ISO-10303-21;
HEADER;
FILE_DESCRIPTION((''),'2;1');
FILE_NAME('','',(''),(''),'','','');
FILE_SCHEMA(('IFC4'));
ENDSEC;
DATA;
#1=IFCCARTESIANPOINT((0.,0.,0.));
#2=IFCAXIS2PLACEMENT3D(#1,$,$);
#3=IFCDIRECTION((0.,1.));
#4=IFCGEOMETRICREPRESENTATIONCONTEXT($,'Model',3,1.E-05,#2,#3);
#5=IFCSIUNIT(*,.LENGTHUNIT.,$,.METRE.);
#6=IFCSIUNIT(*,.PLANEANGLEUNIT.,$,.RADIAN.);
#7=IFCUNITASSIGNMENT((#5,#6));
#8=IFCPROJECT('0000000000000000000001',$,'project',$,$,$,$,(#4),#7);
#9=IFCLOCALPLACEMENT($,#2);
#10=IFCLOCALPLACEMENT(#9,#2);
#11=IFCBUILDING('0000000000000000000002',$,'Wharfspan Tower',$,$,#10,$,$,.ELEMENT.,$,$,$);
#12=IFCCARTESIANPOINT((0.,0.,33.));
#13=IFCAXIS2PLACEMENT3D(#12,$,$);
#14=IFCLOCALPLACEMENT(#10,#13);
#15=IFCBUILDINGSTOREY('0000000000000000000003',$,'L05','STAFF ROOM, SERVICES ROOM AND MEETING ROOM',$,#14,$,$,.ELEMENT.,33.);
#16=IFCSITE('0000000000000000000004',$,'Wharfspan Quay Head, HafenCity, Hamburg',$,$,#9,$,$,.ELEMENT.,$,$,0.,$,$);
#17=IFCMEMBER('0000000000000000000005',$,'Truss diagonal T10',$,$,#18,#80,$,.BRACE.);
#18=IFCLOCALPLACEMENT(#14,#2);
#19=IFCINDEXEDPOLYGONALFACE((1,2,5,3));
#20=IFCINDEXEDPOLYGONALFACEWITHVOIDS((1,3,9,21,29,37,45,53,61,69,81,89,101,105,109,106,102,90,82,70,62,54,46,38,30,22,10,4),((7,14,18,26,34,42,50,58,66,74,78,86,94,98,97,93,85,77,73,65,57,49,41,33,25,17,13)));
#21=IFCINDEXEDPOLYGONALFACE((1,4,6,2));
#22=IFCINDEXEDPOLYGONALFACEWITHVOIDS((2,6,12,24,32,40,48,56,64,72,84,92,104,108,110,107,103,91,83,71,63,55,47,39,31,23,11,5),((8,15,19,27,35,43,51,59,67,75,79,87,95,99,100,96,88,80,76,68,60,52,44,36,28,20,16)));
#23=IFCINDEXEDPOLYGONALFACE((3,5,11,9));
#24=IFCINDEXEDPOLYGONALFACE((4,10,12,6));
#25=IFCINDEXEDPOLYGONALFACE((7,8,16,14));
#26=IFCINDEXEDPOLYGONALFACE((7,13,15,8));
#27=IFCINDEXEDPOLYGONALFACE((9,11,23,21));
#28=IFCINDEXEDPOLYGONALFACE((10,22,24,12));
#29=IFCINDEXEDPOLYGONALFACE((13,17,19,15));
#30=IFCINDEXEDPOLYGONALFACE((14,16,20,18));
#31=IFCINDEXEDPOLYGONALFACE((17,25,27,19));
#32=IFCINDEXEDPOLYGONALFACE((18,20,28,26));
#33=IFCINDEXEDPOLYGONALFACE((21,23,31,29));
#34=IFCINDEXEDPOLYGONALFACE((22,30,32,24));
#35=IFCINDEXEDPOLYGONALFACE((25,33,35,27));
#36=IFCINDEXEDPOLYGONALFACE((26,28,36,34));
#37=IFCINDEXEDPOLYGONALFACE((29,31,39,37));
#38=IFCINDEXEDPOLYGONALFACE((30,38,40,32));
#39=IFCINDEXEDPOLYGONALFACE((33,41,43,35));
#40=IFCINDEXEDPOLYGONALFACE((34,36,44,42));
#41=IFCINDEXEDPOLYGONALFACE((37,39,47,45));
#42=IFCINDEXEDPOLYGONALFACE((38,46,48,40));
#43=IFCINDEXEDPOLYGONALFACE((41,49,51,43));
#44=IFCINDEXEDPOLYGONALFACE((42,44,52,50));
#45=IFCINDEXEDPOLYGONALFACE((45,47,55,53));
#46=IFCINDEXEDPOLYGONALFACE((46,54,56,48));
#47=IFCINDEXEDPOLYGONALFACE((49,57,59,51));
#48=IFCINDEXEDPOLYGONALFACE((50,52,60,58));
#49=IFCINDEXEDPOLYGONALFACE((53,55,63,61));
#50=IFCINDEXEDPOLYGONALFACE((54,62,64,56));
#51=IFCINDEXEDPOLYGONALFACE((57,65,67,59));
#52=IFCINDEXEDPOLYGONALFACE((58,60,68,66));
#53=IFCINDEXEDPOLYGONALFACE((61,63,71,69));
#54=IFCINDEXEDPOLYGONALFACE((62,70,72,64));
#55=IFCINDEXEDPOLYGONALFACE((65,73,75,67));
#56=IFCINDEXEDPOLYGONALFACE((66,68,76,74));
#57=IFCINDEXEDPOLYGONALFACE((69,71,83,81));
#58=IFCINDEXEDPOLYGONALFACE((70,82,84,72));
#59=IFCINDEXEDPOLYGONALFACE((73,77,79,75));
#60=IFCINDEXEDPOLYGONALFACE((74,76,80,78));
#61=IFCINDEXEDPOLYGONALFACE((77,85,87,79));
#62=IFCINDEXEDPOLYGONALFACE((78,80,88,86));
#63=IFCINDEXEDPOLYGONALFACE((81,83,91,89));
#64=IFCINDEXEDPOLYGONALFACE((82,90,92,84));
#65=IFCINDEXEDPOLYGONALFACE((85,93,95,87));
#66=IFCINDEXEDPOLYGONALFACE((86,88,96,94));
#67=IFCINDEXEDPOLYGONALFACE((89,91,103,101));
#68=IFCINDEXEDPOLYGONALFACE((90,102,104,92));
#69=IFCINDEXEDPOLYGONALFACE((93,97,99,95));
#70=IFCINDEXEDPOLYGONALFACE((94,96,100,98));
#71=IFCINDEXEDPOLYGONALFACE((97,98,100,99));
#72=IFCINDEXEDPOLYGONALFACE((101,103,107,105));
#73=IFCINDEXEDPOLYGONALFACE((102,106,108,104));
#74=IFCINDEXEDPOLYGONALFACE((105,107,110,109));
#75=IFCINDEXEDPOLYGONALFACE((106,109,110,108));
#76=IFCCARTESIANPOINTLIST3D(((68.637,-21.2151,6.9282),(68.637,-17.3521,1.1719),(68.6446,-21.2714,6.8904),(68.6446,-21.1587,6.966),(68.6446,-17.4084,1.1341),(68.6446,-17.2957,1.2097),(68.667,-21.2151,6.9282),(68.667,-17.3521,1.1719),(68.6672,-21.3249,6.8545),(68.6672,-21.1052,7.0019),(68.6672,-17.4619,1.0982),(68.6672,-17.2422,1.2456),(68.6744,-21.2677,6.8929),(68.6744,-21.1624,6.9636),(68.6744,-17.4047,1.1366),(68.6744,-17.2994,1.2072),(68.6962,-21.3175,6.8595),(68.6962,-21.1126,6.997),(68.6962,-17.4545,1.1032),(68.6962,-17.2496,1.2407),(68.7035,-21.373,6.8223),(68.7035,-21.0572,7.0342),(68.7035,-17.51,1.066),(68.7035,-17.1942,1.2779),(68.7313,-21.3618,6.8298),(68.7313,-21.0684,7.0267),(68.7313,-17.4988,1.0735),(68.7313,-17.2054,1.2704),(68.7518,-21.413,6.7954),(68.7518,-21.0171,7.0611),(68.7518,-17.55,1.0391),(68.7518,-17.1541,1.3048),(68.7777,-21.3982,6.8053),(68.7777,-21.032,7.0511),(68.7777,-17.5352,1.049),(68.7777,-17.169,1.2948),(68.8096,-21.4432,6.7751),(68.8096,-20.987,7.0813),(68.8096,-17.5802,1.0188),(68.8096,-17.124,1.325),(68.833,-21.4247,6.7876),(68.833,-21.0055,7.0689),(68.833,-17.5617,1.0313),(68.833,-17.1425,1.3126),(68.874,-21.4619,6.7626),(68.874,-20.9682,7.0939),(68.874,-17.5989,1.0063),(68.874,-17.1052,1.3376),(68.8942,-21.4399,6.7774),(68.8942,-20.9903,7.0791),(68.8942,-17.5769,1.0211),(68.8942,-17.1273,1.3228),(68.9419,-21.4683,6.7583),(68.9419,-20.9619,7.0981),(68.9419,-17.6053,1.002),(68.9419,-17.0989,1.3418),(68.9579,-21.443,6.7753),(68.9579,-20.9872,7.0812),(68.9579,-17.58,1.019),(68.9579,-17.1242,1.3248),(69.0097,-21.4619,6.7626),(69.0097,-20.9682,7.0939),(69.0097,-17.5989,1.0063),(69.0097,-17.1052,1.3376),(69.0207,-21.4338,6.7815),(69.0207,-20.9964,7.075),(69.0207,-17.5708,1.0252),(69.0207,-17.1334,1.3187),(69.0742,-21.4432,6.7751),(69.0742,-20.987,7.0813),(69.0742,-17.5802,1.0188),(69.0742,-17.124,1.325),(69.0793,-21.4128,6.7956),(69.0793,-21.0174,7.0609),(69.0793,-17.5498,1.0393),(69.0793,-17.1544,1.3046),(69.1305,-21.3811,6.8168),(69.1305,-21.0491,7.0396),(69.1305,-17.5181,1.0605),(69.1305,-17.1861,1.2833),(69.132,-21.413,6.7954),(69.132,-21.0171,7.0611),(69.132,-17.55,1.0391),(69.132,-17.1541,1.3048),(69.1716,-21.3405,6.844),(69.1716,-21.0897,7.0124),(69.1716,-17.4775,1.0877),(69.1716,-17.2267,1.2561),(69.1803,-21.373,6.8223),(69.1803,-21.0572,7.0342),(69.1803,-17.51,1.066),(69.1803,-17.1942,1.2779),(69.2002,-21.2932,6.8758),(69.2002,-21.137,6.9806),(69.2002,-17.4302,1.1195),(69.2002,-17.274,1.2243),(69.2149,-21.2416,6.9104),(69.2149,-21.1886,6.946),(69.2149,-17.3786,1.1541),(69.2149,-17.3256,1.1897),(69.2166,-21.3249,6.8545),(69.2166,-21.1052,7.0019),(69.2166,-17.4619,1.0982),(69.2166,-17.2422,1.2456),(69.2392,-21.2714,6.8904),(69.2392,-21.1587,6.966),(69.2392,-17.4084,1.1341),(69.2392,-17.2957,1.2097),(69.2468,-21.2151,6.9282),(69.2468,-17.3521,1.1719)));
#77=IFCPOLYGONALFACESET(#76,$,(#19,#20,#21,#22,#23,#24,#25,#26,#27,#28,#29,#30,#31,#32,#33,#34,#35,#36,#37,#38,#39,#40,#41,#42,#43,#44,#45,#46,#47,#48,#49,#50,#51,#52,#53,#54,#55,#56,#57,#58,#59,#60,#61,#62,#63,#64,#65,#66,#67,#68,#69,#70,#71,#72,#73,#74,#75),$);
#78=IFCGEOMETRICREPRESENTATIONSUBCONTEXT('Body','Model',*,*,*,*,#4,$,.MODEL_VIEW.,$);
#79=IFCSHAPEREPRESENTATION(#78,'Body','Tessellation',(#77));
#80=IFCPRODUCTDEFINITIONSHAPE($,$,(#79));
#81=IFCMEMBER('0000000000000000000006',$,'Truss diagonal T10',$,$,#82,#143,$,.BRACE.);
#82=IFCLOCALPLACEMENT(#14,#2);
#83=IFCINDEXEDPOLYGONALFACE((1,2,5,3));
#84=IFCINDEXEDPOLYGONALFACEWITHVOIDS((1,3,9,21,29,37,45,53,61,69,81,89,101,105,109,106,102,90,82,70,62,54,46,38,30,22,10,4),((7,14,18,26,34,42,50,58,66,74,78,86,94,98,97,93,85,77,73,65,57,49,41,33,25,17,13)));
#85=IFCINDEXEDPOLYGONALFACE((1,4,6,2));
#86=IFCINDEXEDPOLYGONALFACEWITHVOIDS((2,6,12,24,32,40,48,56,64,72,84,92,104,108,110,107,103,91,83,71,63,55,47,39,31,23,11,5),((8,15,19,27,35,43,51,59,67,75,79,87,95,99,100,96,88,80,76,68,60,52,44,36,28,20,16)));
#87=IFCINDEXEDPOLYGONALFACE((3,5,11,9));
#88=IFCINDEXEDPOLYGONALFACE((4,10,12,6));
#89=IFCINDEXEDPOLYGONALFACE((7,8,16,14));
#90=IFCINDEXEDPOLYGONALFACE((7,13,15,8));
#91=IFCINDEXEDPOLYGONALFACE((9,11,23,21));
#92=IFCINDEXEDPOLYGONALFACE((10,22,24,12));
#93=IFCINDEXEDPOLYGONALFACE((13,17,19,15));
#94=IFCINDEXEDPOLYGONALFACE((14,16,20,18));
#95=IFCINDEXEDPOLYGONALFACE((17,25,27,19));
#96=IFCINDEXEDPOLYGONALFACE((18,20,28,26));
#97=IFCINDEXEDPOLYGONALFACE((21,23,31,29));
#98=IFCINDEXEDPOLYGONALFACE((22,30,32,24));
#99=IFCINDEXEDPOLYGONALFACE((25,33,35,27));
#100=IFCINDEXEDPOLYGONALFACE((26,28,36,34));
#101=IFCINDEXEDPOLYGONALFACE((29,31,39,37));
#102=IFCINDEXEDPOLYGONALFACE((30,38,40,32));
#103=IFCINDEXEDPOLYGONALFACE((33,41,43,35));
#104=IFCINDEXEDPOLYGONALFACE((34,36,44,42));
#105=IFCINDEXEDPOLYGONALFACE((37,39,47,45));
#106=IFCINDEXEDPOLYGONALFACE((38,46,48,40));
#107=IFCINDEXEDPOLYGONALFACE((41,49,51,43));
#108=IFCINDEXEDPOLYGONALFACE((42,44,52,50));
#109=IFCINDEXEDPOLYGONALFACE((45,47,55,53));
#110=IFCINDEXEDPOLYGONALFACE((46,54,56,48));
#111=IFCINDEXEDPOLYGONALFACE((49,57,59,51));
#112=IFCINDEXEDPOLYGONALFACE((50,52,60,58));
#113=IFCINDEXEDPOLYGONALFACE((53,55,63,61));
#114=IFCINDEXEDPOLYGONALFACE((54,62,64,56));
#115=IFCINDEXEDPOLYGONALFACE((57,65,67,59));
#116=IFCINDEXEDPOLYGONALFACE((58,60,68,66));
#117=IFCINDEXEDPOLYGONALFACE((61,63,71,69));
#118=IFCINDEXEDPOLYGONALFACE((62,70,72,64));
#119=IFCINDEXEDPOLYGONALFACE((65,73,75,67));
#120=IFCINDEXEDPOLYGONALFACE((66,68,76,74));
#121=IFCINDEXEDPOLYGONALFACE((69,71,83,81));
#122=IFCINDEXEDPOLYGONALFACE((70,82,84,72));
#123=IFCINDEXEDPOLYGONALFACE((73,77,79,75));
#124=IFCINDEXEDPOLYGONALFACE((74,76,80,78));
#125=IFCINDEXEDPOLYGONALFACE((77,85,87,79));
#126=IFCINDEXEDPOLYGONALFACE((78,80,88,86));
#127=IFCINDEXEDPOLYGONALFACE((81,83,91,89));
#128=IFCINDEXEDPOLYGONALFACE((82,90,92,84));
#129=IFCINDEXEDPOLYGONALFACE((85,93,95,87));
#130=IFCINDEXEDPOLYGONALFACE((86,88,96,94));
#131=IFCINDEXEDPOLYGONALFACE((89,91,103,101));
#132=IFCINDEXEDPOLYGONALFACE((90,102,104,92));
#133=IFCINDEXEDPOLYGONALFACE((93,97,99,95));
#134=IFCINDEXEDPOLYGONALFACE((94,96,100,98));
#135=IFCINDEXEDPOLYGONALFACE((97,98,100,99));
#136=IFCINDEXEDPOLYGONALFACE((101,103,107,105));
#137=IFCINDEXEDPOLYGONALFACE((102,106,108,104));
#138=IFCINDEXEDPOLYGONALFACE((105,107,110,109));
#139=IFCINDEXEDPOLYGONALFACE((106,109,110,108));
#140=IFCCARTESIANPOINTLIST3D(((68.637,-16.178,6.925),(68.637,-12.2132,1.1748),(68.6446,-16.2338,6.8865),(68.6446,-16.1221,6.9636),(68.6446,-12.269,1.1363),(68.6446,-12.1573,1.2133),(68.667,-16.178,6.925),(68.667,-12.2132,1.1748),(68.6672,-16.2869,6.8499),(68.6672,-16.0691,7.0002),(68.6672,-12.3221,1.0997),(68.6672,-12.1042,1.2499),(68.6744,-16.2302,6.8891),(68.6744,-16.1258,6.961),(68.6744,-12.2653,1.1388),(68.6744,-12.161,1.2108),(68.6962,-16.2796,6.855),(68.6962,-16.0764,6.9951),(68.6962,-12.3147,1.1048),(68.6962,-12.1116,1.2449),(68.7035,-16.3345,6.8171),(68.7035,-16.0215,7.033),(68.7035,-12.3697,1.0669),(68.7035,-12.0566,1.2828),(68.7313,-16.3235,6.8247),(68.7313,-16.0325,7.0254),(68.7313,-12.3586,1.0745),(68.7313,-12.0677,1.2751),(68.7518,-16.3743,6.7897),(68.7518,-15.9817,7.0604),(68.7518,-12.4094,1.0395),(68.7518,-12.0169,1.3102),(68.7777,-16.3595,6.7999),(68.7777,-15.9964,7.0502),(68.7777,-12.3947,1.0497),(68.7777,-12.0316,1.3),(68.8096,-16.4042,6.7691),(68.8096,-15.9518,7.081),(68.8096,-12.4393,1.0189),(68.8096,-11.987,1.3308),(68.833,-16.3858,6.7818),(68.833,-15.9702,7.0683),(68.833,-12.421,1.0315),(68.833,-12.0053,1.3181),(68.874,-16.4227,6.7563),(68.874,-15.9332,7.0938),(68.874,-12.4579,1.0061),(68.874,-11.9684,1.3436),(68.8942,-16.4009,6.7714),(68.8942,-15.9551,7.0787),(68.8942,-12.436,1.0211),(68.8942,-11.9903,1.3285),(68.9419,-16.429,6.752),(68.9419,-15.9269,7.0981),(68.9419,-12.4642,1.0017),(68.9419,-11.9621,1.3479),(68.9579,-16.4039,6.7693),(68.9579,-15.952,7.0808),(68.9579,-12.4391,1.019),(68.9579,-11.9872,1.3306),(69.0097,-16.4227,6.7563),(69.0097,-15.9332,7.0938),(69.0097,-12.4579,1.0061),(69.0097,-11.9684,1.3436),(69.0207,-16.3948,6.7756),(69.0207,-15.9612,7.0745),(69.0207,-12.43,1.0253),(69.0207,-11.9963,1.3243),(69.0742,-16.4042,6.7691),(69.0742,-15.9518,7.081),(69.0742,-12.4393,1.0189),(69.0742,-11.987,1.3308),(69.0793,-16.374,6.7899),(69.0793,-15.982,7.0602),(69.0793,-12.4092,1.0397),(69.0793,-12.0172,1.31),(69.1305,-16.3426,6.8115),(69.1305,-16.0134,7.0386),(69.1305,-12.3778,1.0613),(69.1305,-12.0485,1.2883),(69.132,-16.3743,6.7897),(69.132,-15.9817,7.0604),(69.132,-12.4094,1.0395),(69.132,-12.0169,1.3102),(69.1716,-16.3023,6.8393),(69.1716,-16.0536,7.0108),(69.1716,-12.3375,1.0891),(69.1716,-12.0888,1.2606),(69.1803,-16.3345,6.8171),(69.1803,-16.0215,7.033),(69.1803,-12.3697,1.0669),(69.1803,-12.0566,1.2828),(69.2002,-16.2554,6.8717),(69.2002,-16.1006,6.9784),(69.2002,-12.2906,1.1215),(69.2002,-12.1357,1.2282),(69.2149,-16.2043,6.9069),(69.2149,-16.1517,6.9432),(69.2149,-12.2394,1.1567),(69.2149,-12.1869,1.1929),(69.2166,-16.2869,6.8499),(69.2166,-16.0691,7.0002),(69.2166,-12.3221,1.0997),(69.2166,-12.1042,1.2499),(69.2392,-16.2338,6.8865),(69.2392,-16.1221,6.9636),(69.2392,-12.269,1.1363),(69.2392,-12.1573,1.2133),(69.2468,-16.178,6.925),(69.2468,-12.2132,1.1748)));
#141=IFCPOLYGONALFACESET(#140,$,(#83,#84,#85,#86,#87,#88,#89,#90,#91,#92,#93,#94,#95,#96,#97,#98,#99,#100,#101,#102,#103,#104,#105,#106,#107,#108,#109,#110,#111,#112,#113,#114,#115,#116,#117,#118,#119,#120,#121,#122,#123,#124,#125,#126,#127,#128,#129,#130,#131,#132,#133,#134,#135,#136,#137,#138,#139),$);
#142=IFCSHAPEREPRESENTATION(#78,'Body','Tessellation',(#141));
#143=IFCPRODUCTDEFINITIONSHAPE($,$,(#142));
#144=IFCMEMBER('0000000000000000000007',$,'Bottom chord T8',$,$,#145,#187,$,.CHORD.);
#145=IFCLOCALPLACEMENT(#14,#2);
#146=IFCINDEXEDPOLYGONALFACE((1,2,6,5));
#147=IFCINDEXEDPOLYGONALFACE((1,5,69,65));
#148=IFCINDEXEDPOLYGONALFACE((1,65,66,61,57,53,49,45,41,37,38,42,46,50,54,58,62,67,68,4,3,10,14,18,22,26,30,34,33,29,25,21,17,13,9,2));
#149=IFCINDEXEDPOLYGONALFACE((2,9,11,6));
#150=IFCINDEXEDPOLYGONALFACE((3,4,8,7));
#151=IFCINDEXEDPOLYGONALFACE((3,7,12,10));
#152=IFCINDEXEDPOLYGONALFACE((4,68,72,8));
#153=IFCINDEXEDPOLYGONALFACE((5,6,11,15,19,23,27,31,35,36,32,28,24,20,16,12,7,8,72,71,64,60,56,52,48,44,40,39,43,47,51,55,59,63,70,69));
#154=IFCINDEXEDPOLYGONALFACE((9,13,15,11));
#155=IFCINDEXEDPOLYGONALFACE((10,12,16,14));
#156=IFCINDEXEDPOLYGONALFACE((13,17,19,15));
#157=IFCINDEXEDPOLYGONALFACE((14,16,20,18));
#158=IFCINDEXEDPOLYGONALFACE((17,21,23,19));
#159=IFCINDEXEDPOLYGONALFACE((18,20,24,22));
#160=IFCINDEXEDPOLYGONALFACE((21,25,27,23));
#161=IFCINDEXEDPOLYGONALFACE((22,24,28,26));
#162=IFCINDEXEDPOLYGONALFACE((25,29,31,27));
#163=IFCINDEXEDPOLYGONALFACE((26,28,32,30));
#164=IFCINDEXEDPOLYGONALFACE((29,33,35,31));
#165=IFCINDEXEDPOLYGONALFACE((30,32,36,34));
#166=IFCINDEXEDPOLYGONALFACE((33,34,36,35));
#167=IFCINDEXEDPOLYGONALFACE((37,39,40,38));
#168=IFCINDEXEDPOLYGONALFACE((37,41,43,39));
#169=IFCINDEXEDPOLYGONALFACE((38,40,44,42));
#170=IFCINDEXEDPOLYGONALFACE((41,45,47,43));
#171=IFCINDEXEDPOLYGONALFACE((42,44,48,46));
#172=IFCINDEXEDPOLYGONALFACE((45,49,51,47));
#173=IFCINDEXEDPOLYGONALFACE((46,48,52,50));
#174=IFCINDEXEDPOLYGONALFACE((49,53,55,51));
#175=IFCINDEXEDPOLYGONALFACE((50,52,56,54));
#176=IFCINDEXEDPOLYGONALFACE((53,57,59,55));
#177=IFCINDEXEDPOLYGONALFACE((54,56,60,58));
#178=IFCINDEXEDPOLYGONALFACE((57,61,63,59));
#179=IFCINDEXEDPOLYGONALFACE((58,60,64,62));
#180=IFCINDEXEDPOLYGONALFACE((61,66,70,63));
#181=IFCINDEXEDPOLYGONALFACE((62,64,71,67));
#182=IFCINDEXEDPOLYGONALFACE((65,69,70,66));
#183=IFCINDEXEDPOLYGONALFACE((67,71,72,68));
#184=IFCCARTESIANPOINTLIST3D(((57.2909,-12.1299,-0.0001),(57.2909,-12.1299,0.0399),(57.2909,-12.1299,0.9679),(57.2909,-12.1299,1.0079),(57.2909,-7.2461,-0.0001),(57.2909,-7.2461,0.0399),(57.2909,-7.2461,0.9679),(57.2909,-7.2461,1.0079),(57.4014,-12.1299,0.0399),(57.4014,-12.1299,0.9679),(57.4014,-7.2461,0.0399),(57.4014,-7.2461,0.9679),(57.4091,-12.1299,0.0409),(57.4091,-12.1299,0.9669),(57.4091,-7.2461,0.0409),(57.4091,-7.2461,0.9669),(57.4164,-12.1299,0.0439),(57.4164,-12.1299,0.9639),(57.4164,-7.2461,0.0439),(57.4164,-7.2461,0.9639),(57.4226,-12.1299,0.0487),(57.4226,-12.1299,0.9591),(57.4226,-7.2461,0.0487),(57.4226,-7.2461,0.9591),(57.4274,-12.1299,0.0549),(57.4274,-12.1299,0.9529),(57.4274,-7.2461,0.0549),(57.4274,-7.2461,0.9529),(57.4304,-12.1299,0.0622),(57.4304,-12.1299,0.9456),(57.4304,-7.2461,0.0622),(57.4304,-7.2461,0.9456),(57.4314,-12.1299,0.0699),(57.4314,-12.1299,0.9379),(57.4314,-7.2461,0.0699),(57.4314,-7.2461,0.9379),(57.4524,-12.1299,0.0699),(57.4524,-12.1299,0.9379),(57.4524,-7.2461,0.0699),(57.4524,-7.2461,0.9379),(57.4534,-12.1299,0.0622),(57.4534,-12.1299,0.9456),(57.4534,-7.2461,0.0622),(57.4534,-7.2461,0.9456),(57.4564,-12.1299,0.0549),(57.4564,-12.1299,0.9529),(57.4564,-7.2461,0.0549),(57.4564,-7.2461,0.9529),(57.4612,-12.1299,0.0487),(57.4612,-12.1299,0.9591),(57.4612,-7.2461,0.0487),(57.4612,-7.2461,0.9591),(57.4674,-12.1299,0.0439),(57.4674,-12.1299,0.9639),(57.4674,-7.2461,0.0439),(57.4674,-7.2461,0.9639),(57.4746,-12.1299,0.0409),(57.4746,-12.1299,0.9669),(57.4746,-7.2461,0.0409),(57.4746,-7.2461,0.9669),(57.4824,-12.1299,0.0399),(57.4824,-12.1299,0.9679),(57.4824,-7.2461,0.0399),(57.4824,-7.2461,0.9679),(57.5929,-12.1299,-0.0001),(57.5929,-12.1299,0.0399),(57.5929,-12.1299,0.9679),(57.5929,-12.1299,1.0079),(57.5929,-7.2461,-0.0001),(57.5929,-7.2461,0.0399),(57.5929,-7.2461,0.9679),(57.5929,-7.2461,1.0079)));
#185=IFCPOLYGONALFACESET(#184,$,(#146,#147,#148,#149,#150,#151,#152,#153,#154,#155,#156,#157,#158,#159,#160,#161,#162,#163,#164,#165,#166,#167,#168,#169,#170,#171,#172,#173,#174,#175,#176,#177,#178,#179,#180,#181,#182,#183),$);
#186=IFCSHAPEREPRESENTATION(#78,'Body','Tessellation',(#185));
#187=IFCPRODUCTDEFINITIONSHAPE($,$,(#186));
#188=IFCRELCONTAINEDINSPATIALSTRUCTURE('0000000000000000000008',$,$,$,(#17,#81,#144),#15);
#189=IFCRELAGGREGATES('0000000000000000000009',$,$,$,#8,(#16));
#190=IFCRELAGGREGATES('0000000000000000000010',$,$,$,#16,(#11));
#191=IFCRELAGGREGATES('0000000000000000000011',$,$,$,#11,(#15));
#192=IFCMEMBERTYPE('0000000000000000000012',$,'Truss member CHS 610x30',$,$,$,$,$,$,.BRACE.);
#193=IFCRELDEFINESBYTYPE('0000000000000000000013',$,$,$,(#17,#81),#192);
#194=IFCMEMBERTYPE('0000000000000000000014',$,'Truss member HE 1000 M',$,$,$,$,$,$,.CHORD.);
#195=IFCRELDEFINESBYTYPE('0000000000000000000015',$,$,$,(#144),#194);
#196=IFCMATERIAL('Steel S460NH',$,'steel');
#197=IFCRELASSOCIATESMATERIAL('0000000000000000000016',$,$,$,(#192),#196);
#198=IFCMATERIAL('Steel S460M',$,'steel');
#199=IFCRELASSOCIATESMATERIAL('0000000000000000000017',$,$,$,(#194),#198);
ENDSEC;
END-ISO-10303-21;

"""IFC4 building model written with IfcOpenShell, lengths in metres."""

from ifc_helpers import new_model, si_unit, direction, frame, origin, origin_2d, place, context, subcontext, project, spatial, hollow_circle, i_section, extrude, material, material_profile, profile_set, type_object, element, save


model = new_model("IFC4")

# Units and contexts
model_context = context("Model", 3, precision=1e-05, world=origin(), true_north=direction((0.0, 1.0)))
body_context = subcontext(model_context, "Body", "Model", "MODEL_VIEW")
ifc_project = project(units=[si_unit("LENGTHUNIT", "METRE"), si_unit("PLANEANGLEUNIT", "RADIAN")], contexts=[model_context])

# Site, building, storey
site_placement = place(None, origin())
site = spatial("IfcSite", under=ifc_project, at=site_placement, Name="Wharfspan Quay Head, HafenCity, Hamburg", CompositionType="ELEMENT", RefElevation=0.0)
building_placement = place(site_placement, origin())
building = spatial("IfcBuilding", under=site, at=building_placement, Name="Wharfspan Tower", CompositionType="ELEMENT")
storey_placement = place(building_placement, frame((0.0, 0.0, 33.0)))
storey = spatial("IfcBuildingStorey", under=building, at=storey_placement, Name="L05", Description="STAFF ROOM, SERVICES ROOM AND MEETING ROOM", CompositionType="ELEMENT", Elevation=33.0)

# Members
ifc_material_1 = material(Name="Steel S460NH", Category="steel")
ifc_material_profile_1 = material_profile(ifc_material_1, hollow_circle(Radius=0.3049, WallThickness=0.03, at=origin_2d()))
ifc_profile_set_1 = profile_set([ifc_material_profile_1], Name="Steel S460NH")
member_type_1 = type_object("IfcMemberType", Name="Truss member CHS 610x30", PredefinedType="BRACE", material=ifc_profile_set_1)
member_1_placement = place(storey_placement, frame((68.9419, -21.2151, 6.9282), z_axis=(0.0, 0.557241, -0.830351), x_axis=(-1.0, 0.0, 0.0)))
element("IfcMember", 1, at=member_1_placement, inside=storey, type_object=member_type_1, Name="Truss diagonal T10", PredefinedType="BRACE", context=body_context, shape_type="SweptSolid", body=[
    extrude(hollow_circle(Radius=0.3049, WallThickness=0.03, at=origin_2d()), origin(), (0.0, 0.0, 1.0), 6.9324),
])
member_2_placement = place(storey_placement, frame((68.9419, -16.178, 6.925), z_axis=(0.0, 0.567651, -0.823269), x_axis=(-1.0, 0.0, 0.0)))
element("IfcMember", 2, at=member_2_placement, inside=storey, type_object=member_type_1, Name="Truss diagonal T10", PredefinedType="BRACE", context=body_context, shape_type="SweptSolid", body=[
    extrude(hollow_circle(Radius=0.3049, WallThickness=0.03, at=origin_2d()), origin(), (0.0, 0.0, 1.0), 6.9846),
])
ifc_material_2 = material(Name="Steel S460M", Category="steel")
ifc_material_profile_2 = material_profile(ifc_material_2, i_section(OverallWidth=0.302, OverallDepth=1.0081, WebThickness=0.021, FlangeThickness=0.04, FilletRadius=0.03, at=origin_2d()))
ifc_profile_set_2 = profile_set([ifc_material_profile_2], Name="Steel S460M")
member_type_2 = type_object("IfcMemberType", Name="Truss member HE 1000 M", PredefinedType="CHORD", material=ifc_profile_set_2)
member_3_placement = place(storey_placement, frame((57.4419, -12.1299, 0.5039), z_axis=(0.0, 1.0, 0.0), x_axis=(-1.0, 0.0, 0.0)))
element("IfcMember", 3, at=member_3_placement, inside=storey, type_object=member_type_2, Name="Bottom chord T8", PredefinedType="CHORD", context=body_context, shape_type="SweptSolid", body=[
    extrude(i_section(OverallWidth=0.302, OverallDepth=1.0081, WebThickness=0.021, FlangeThickness=0.04, FilletRadius=0.03, at=origin_2d()), origin(), (0.0, 0.0, 1.0), 4.8838),
])

save(model, "model.ifc")
